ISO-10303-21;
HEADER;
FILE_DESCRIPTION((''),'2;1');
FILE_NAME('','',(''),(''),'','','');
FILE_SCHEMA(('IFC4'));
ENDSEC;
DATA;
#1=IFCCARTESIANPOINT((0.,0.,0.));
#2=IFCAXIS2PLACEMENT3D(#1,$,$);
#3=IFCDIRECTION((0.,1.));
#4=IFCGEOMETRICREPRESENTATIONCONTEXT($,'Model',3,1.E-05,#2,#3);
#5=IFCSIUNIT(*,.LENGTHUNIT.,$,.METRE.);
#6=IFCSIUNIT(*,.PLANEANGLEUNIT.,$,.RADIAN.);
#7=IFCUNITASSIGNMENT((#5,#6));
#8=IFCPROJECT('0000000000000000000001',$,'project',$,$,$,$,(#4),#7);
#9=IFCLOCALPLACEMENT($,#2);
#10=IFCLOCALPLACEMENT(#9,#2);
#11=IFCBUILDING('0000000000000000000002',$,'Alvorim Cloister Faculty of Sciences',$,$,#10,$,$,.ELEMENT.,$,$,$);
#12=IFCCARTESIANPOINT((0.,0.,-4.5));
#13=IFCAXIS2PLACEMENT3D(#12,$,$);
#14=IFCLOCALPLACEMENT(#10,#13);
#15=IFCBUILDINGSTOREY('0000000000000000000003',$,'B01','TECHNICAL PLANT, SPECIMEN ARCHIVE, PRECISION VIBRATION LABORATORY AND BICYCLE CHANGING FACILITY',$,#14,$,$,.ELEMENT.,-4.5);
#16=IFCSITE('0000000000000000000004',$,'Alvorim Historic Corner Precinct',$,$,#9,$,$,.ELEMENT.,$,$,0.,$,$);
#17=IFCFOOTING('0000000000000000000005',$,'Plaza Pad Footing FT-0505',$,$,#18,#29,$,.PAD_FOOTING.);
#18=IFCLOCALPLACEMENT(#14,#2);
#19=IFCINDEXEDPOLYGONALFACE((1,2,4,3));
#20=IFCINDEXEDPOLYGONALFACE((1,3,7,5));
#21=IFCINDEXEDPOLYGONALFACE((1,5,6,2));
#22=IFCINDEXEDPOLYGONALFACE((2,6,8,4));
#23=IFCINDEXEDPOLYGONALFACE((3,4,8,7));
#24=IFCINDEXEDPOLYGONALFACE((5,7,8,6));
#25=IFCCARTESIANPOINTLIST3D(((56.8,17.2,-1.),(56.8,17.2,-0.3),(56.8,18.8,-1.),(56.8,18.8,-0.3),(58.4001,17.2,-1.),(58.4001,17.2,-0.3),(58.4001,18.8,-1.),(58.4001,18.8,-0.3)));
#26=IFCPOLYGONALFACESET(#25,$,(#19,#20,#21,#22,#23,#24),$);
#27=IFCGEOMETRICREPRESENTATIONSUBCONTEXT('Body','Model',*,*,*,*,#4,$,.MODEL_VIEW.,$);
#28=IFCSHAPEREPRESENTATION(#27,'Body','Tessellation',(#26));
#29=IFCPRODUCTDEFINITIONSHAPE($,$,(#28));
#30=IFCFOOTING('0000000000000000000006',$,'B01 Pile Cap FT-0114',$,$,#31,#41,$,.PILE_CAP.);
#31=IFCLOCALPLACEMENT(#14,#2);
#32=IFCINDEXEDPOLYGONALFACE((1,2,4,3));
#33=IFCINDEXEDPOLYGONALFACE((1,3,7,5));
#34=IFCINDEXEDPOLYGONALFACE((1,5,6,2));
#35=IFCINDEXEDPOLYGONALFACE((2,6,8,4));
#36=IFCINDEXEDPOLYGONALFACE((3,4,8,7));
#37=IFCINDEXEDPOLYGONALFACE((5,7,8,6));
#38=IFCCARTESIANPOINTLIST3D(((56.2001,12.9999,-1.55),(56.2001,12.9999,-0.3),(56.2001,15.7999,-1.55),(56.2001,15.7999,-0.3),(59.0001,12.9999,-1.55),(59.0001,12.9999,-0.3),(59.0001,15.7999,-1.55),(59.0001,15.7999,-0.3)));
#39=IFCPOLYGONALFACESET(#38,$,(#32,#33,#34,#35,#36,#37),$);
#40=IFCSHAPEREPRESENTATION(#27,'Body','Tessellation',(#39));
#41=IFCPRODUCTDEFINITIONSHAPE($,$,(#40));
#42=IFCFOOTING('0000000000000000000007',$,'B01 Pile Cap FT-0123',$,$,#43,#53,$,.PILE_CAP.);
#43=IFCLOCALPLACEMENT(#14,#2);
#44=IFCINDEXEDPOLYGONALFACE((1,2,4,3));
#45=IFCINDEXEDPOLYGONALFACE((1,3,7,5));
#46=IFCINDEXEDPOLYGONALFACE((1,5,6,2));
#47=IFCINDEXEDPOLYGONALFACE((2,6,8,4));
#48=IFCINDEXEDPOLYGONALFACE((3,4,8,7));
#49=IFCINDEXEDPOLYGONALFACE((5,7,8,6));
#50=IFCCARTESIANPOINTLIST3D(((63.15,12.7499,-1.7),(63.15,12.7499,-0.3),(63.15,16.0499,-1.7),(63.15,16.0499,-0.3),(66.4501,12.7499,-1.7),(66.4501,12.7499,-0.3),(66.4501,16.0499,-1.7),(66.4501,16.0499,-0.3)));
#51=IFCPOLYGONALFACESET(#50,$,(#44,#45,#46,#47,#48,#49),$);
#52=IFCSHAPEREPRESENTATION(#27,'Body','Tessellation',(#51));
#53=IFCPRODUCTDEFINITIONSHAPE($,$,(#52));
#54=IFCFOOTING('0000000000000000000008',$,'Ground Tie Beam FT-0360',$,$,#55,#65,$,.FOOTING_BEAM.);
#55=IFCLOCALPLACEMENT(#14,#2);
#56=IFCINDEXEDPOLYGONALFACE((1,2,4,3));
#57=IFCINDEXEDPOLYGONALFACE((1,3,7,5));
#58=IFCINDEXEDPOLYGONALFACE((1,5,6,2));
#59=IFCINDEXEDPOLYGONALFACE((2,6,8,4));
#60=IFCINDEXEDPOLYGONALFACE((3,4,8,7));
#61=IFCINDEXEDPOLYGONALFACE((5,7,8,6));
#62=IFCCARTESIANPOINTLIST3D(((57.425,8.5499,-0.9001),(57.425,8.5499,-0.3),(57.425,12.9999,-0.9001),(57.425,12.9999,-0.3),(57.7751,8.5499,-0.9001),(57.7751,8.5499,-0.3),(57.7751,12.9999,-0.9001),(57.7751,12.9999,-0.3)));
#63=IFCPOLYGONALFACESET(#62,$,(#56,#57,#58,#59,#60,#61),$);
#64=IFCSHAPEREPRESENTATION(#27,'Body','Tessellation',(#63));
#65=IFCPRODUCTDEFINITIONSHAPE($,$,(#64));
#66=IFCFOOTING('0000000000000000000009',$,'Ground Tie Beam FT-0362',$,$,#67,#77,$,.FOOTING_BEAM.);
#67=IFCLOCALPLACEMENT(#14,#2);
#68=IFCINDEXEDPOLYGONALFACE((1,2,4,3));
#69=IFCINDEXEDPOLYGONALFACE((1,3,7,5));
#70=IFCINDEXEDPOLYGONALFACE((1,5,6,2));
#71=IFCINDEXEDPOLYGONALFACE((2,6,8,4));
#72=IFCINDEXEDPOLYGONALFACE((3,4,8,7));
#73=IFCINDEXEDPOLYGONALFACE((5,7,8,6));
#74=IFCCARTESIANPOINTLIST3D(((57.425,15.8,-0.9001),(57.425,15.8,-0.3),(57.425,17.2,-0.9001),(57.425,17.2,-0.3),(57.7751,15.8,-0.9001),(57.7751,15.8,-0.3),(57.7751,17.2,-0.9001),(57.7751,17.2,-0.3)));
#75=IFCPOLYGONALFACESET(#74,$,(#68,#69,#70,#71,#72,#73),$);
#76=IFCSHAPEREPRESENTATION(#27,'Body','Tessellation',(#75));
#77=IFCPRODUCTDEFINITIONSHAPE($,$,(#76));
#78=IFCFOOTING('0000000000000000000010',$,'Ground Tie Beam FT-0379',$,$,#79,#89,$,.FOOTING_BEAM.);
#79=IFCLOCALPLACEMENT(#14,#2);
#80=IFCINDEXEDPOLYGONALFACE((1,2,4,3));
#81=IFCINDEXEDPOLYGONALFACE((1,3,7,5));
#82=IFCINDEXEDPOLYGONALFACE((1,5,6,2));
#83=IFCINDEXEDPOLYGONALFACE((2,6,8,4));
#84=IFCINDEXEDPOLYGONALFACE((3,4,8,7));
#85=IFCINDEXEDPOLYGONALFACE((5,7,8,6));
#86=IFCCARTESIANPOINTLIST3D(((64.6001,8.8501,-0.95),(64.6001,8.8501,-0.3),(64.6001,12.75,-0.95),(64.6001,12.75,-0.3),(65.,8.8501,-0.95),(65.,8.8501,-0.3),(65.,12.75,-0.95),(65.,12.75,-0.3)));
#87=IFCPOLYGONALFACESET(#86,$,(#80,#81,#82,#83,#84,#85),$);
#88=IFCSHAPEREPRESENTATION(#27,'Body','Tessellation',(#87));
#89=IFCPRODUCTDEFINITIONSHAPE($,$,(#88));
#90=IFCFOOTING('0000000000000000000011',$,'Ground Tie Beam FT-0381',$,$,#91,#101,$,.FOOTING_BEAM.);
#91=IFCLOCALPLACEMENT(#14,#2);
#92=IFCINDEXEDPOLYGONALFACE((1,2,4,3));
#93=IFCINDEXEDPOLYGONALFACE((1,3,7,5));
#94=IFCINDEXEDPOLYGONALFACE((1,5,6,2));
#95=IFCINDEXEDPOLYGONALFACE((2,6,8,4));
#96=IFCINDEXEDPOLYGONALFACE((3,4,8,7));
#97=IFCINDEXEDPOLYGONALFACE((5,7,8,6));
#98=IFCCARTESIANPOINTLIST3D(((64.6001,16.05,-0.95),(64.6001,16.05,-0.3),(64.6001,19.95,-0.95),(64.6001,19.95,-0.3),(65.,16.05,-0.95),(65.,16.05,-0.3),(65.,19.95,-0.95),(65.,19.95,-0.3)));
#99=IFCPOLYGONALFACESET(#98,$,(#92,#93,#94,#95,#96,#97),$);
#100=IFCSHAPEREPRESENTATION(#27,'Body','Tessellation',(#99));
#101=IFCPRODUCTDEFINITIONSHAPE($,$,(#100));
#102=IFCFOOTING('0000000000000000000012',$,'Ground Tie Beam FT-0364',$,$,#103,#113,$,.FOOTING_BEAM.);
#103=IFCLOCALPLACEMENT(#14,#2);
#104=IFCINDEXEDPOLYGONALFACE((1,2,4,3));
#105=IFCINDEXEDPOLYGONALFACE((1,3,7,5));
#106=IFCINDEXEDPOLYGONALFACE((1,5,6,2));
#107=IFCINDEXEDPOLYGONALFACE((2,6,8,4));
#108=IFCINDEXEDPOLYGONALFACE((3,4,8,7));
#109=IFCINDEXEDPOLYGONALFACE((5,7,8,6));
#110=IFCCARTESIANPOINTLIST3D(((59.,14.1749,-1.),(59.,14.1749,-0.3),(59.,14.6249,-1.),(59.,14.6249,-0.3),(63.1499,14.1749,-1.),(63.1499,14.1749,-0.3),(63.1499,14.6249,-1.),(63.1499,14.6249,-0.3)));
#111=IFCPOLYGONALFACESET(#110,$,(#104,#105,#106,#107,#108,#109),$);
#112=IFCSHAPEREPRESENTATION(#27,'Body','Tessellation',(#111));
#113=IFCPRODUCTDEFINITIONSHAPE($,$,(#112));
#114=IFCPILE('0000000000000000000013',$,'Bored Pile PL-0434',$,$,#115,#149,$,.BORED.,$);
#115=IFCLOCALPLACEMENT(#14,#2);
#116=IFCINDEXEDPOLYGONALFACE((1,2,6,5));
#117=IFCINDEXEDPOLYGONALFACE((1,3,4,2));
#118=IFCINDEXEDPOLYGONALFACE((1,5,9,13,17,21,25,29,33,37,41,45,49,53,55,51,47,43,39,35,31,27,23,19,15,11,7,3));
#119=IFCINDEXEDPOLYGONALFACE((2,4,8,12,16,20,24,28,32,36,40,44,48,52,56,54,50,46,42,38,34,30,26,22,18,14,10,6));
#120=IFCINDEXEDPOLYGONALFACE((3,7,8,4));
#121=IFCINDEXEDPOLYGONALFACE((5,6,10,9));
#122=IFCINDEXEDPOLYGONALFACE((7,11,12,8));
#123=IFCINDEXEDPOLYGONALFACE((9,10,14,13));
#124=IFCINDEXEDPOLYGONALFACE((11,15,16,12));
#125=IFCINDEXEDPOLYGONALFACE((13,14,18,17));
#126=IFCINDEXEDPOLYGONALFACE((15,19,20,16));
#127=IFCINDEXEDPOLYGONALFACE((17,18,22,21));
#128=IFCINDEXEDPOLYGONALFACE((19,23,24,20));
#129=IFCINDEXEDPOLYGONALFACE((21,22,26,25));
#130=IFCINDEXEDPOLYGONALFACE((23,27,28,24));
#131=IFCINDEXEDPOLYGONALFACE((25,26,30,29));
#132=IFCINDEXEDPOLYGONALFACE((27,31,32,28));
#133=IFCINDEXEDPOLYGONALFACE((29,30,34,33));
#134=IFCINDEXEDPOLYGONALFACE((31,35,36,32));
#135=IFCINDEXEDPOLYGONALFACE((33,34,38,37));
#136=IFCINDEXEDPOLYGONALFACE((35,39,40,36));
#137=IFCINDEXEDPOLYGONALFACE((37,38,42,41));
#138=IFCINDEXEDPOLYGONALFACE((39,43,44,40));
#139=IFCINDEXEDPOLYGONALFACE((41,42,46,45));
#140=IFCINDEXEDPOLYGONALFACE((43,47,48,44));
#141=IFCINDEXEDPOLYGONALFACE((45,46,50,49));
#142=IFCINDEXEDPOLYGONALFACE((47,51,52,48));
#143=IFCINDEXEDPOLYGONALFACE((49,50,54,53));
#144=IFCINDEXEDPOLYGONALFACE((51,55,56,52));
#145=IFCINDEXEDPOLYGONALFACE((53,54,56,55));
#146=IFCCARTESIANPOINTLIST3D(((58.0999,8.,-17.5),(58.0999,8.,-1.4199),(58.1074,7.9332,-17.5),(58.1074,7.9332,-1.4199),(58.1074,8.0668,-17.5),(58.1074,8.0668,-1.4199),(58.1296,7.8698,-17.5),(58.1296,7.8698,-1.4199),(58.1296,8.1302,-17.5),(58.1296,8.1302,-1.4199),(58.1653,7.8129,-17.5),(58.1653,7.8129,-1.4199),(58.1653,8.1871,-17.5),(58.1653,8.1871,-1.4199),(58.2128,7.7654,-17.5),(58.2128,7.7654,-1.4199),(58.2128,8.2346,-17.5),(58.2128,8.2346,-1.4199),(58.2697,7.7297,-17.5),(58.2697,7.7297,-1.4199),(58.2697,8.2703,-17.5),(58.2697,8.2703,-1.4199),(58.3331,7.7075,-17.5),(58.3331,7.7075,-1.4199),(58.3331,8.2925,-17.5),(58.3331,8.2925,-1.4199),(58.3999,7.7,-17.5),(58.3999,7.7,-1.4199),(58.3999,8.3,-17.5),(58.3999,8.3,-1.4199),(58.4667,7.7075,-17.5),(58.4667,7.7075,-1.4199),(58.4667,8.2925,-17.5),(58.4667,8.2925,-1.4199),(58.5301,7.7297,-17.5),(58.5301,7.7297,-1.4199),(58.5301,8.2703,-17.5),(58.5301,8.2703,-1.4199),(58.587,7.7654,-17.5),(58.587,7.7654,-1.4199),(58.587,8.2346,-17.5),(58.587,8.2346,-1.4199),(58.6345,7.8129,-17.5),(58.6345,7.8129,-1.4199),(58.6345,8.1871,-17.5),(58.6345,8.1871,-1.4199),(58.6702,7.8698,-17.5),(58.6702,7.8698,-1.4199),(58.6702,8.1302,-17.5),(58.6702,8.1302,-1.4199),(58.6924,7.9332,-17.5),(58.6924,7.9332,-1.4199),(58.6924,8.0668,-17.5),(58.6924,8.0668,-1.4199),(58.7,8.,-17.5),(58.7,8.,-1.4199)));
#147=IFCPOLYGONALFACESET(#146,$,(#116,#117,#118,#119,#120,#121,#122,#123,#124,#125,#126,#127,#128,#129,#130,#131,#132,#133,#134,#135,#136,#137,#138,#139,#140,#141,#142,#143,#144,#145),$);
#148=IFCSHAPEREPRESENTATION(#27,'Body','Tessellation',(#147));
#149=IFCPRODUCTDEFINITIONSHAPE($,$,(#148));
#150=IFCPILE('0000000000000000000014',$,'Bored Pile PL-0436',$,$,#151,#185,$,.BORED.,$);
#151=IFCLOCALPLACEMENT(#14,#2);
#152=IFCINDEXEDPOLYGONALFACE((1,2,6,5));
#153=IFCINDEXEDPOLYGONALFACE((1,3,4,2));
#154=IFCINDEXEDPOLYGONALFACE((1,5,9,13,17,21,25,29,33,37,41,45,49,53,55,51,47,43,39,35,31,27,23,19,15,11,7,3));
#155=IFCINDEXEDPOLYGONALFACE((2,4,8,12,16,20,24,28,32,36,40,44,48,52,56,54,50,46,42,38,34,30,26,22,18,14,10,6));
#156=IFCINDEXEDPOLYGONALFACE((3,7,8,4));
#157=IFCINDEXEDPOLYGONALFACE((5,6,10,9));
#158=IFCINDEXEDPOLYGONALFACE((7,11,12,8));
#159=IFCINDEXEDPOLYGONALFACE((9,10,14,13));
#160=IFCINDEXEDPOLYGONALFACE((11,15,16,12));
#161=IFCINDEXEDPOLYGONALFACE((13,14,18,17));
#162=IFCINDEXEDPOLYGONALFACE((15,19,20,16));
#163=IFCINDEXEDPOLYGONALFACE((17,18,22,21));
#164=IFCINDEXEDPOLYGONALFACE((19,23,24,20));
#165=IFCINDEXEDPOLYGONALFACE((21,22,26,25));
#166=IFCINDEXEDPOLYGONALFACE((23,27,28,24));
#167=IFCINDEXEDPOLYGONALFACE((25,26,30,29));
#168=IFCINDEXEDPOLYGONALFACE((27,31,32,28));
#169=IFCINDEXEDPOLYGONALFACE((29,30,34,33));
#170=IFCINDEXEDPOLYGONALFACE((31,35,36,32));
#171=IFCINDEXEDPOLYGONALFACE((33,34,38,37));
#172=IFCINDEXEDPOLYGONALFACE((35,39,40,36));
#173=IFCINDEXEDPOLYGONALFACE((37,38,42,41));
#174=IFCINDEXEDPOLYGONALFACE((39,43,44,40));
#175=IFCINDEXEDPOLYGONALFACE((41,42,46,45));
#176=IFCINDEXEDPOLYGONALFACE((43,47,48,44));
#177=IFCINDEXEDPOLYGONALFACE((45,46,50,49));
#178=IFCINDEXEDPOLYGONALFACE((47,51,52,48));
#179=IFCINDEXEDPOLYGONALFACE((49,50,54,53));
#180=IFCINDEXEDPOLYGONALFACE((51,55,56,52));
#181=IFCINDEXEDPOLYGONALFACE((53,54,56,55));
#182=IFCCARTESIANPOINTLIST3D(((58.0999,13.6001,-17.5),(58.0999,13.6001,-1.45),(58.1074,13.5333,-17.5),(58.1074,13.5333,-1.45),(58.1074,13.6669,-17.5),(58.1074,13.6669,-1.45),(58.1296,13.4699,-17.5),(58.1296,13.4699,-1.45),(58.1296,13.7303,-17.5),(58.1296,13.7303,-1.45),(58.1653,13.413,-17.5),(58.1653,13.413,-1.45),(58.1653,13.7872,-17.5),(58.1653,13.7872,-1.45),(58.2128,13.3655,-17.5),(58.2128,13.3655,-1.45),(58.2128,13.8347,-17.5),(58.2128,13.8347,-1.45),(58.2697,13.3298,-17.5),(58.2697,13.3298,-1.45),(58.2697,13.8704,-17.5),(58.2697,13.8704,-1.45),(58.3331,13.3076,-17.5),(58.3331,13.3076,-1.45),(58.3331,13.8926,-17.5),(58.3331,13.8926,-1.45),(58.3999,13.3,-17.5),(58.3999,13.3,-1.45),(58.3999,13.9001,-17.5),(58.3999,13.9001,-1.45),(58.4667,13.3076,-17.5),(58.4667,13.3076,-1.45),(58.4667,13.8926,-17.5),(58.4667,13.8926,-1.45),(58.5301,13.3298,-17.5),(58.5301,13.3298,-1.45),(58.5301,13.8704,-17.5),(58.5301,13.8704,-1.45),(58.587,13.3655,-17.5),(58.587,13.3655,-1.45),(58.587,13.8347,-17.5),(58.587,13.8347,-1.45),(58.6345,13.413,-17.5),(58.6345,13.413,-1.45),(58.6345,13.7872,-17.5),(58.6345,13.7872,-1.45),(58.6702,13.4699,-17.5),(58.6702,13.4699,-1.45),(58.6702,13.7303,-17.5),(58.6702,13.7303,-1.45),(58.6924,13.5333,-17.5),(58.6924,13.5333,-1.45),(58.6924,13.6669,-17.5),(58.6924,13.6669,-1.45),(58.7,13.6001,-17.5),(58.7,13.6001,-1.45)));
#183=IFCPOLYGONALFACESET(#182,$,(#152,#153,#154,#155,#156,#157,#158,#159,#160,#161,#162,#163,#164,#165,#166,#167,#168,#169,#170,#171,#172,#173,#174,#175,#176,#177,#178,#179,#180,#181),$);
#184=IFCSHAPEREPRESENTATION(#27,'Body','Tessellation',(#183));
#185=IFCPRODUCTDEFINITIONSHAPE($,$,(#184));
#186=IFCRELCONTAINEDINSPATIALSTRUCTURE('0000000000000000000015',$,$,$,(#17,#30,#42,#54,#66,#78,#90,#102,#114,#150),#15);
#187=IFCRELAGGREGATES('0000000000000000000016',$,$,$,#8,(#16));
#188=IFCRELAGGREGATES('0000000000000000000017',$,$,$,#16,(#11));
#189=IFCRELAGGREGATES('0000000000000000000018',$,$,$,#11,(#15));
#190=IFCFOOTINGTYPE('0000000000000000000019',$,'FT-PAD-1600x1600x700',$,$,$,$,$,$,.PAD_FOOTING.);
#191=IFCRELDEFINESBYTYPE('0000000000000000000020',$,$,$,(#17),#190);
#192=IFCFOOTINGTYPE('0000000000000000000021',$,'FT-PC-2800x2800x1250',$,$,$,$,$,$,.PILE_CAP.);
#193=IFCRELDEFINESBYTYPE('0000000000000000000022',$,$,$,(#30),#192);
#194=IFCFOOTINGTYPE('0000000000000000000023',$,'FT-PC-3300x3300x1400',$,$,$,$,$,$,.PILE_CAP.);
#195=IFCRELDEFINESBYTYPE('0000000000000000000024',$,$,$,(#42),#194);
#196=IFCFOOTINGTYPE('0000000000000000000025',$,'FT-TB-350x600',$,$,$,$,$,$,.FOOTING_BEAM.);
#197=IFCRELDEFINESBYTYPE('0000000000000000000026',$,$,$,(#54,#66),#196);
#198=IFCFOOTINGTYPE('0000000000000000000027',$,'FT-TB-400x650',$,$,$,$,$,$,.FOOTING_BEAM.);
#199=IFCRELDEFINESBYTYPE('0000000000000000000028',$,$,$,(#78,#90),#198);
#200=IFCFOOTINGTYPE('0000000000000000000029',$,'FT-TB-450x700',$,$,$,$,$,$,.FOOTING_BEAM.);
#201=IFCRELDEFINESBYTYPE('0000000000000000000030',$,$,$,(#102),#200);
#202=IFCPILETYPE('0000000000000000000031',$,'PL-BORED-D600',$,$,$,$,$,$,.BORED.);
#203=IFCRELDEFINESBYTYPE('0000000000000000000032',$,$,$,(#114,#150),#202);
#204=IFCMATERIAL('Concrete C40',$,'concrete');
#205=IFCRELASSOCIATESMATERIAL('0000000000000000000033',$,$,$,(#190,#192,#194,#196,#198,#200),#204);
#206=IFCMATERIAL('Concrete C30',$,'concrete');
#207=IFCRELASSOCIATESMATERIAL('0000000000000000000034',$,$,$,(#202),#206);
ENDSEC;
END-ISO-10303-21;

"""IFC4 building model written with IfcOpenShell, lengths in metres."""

from ifc_helpers import new_model, si_unit, direction, frame, origin, origin_2d, place, context, subcontext, project, spatial, rectangle, circle, extrude, material, material_profile, profile_set, type_object, element, save


model = new_model("IFC4")

# Units and contexts
model_context = context("Model", 3, precision=1e-05, world=origin(), true_north=direction((0.0, 1.0)))
body_context = subcontext(model_context, "Body", "Model", "MODEL_VIEW")
ifc_project = project(units=[si_unit("LENGTHUNIT", "METRE"), si_unit("PLANEANGLEUNIT", "RADIAN")], contexts=[model_context])

# Site, building, storey
site_placement = place(None, origin())
site = spatial("IfcSite", under=ifc_project, at=site_placement, Name="Alvorim Historic Corner Precinct", CompositionType="ELEMENT", RefElevation=0.0)
building_placement = place(site_placement, origin())
building = spatial("IfcBuilding", under=site, at=building_placement, Name="Alvorim Cloister Faculty of Sciences", CompositionType="ELEMENT")
storey_placement = place(building_placement, frame((0.0, 0.0, -4.5)))
storey = spatial("IfcBuildingStorey", under=building, at=storey_placement, Name="B01", Description="TECHNICAL PLANT, SPECIMEN ARCHIVE, PRECISION VIBRATION LABORATORY AND BICYCLE CHANGING FACILITY", CompositionType="ELEMENT", Elevation=-4.5)

# Footings
ifc_material_1 = material(Name="Concrete C40", Category="concrete")
footing_type_1 = type_object("IfcFootingType", Name="FT-PAD-1600x1600x700", PredefinedType="PAD_FOOTING", material=ifc_material_1)
footing_1_placement = place(storey_placement, frame((57.6001, 18.0, -1.0), z_axis=(0.0, 0.0, 1.0), x_axis=(1.0, 0.0, 0.0)))
element("IfcFooting", 1, at=footing_1_placement, inside=storey, type_object=footing_type_1, Name="Plaza Pad Footing FT-0505", PredefinedType="PAD_FOOTING", context=body_context, shape_type="SweptSolid", body=[
    extrude(rectangle(XDim=1.6001, YDim=1.6001, at=origin_2d()), origin(), (0.0, 0.0, 1.0), 0.7),
])
footing_type_2 = type_object("IfcFootingType", Name="FT-PC-2800x2800x1250", PredefinedType="PILE_CAP", material=ifc_material_1)
footing_2_placement = place(storey_placement, frame((57.6001, 14.3999, -1.55), z_axis=(0.0, 0.0, 1.0), x_axis=(1.0, 0.0, 0.0)))
element("IfcFooting", 2, at=footing_2_placement, inside=storey, type_object=footing_type_2, Name="B01 Pile Cap FT-0114", PredefinedType="PILE_CAP", context=body_context, shape_type="SweptSolid", body=[
    extrude(rectangle(XDim=2.8, YDim=2.8, at=origin_2d()), origin(), (0.0, 0.0, 1.0), 1.25),
])
footing_type_3 = type_object("IfcFootingType", Name="FT-PC-3300x3300x1400", PredefinedType="PILE_CAP", material=ifc_material_1)
footing_3_placement = place(storey_placement, frame((64.8, 14.3999, -1.7), z_axis=(0.0, 0.0, 1.0), x_axis=(1.0, 0.0, 0.0)))
element("IfcFooting", 3, at=footing_3_placement, inside=storey, type_object=footing_type_3, Name="B01 Pile Cap FT-0123", PredefinedType="PILE_CAP", context=body_context, shape_type="SweptSolid", body=[
    extrude(rectangle(XDim=3.3, YDim=3.3, at=origin_2d()), origin(), (0.0, 0.0, 1.0), 1.3999),
])
footing_type_4 = type_object("IfcFootingType", Name="FT-TB-350x600", PredefinedType="FOOTING_BEAM", material=ifc_material_1)
footing_4_placement = place(storey_placement, frame((57.6001, 10.7749, -0.9001), z_axis=(0.0, 0.0, 1.0), x_axis=(1.0, 0.0, 0.0)))
element("IfcFooting", 4, at=footing_4_placement, inside=storey, type_object=footing_type_4, Name="Ground Tie Beam FT-0360", PredefinedType="FOOTING_BEAM", context=body_context, shape_type="SweptSolid", body=[
    extrude(rectangle(XDim=0.3501, YDim=4.45, at=origin_2d()), origin(), (0.0, 0.0, 1.0), 0.6001),
])
footing_5_placement = place(storey_placement, frame((57.6001, 16.5, -0.9001), z_axis=(0.0, 0.0, 1.0), x_axis=(1.0, 0.0, 0.0)))
element("IfcFooting", 5, at=footing_5_placement, inside=storey, type_object=footing_type_4, Name="Ground Tie Beam FT-0362", PredefinedType="FOOTING_BEAM", context=body_context, shape_type="SweptSolid", body=[
    extrude(rectangle(XDim=0.3501, YDim=1.3999, at=origin_2d()), origin(), (0.0, 0.0, 1.0), 0.6001),
])
footing_type_5 = type_object("IfcFootingType", Name="FT-TB-400x650", PredefinedType="FOOTING_BEAM", material=ifc_material_1)
for number, where, z_axis, x_axis, name in (
    (6, (64.8, 10.8, -0.95), (0.0, 0.0, 1.0), (1.0, 0.0, 0.0), "Ground Tie Beam FT-0379"),
    (7, (64.8, 18.0, -0.95), (0.0, 0.0, 1.0), (1.0, 0.0, 0.0), "Ground Tie Beam FT-0381"),
):
    element("IfcFooting", number, at=place(storey_placement, frame(where, z_axis=z_axis, x_axis=x_axis)), inside=storey, type_object=footing_type_5, Name=name, PredefinedType="FOOTING_BEAM", context=body_context, shape_type="SweptSolid", body=[
        extrude(rectangle(XDim=0.3999, YDim=3.8999, at=origin_2d()), origin(), (0.0, 0.0, 1.0), 0.6499),
    ])
footing_type_6 = type_object("IfcFootingType", Name="FT-TB-450x700", PredefinedType="FOOTING_BEAM", material=ifc_material_1)
footing_6_placement = place(storey_placement, frame((61.075, 14.3999, -1.0), z_axis=(0.0, 0.0, 1.0), x_axis=(1.0, 0.0, 0.0)))
element("IfcFooting", 8, at=footing_6_placement, inside=storey, type_object=footing_type_6, Name="Ground Tie Beam FT-0364", PredefinedType="FOOTING_BEAM", context=body_context, shape_type="SweptSolid", body=[
    extrude(rectangle(XDim=4.1499, YDim=0.45, at=origin_2d()), origin(), (0.0, 0.0, 1.0), 0.7),
])

# Piles
ifc_material_2 = material(Name="Concrete C30", Category="concrete")
ifc_material_profile_1 = material_profile(ifc_material_2, circle(Radius=0.3, at=origin_2d()), Name="PILE-D600")
ifc_profile_set_1 = profile_set([ifc_material_profile_1], Name="Concrete C30")
pile_type_1 = type_object("IfcPileType", Name="PL-BORED-D600", PredefinedType="BORED", material=ifc_profile_set_1)
pile_placement = place(storey_placement, frame((58.3999, 8.0, -1.4199), z_axis=(0.0, 0.0, -1.0), x_axis=(1.0, 0.0, 0.0)))
element("IfcPile", 9, at=pile_placement, inside=storey, type_object=pile_type_1, Name="Bored Pile PL-0434", PredefinedType="BORED", context=body_context, shape_type="SweptSolid", body=[
    extrude(circle(Radius=0.3, at=origin_2d()), origin(), (0.0, 0.0, 1.0), 16.0801),
])
for number, where, z_axis, x_axis, name in (
    (10, (58.3999, 13.6001, -1.45), (0.0, 0.0, -1.0), (1.0, 0.0, 0.0), "Bored Pile PL-0436"),
):
    element("IfcPile", number, at=place(storey_placement, frame(where, z_axis=z_axis, x_axis=x_axis)), inside=storey, type_object=pile_type_1, Name=name, PredefinedType="BORED", context=body_context, shape_type="SweptSolid", body=[
        extrude(circle(Radius=0.3, at=origin_2d()), origin(), (0.0, 0.0, 1.0), 16.05),
    ])

save(model, "model.ifc")
